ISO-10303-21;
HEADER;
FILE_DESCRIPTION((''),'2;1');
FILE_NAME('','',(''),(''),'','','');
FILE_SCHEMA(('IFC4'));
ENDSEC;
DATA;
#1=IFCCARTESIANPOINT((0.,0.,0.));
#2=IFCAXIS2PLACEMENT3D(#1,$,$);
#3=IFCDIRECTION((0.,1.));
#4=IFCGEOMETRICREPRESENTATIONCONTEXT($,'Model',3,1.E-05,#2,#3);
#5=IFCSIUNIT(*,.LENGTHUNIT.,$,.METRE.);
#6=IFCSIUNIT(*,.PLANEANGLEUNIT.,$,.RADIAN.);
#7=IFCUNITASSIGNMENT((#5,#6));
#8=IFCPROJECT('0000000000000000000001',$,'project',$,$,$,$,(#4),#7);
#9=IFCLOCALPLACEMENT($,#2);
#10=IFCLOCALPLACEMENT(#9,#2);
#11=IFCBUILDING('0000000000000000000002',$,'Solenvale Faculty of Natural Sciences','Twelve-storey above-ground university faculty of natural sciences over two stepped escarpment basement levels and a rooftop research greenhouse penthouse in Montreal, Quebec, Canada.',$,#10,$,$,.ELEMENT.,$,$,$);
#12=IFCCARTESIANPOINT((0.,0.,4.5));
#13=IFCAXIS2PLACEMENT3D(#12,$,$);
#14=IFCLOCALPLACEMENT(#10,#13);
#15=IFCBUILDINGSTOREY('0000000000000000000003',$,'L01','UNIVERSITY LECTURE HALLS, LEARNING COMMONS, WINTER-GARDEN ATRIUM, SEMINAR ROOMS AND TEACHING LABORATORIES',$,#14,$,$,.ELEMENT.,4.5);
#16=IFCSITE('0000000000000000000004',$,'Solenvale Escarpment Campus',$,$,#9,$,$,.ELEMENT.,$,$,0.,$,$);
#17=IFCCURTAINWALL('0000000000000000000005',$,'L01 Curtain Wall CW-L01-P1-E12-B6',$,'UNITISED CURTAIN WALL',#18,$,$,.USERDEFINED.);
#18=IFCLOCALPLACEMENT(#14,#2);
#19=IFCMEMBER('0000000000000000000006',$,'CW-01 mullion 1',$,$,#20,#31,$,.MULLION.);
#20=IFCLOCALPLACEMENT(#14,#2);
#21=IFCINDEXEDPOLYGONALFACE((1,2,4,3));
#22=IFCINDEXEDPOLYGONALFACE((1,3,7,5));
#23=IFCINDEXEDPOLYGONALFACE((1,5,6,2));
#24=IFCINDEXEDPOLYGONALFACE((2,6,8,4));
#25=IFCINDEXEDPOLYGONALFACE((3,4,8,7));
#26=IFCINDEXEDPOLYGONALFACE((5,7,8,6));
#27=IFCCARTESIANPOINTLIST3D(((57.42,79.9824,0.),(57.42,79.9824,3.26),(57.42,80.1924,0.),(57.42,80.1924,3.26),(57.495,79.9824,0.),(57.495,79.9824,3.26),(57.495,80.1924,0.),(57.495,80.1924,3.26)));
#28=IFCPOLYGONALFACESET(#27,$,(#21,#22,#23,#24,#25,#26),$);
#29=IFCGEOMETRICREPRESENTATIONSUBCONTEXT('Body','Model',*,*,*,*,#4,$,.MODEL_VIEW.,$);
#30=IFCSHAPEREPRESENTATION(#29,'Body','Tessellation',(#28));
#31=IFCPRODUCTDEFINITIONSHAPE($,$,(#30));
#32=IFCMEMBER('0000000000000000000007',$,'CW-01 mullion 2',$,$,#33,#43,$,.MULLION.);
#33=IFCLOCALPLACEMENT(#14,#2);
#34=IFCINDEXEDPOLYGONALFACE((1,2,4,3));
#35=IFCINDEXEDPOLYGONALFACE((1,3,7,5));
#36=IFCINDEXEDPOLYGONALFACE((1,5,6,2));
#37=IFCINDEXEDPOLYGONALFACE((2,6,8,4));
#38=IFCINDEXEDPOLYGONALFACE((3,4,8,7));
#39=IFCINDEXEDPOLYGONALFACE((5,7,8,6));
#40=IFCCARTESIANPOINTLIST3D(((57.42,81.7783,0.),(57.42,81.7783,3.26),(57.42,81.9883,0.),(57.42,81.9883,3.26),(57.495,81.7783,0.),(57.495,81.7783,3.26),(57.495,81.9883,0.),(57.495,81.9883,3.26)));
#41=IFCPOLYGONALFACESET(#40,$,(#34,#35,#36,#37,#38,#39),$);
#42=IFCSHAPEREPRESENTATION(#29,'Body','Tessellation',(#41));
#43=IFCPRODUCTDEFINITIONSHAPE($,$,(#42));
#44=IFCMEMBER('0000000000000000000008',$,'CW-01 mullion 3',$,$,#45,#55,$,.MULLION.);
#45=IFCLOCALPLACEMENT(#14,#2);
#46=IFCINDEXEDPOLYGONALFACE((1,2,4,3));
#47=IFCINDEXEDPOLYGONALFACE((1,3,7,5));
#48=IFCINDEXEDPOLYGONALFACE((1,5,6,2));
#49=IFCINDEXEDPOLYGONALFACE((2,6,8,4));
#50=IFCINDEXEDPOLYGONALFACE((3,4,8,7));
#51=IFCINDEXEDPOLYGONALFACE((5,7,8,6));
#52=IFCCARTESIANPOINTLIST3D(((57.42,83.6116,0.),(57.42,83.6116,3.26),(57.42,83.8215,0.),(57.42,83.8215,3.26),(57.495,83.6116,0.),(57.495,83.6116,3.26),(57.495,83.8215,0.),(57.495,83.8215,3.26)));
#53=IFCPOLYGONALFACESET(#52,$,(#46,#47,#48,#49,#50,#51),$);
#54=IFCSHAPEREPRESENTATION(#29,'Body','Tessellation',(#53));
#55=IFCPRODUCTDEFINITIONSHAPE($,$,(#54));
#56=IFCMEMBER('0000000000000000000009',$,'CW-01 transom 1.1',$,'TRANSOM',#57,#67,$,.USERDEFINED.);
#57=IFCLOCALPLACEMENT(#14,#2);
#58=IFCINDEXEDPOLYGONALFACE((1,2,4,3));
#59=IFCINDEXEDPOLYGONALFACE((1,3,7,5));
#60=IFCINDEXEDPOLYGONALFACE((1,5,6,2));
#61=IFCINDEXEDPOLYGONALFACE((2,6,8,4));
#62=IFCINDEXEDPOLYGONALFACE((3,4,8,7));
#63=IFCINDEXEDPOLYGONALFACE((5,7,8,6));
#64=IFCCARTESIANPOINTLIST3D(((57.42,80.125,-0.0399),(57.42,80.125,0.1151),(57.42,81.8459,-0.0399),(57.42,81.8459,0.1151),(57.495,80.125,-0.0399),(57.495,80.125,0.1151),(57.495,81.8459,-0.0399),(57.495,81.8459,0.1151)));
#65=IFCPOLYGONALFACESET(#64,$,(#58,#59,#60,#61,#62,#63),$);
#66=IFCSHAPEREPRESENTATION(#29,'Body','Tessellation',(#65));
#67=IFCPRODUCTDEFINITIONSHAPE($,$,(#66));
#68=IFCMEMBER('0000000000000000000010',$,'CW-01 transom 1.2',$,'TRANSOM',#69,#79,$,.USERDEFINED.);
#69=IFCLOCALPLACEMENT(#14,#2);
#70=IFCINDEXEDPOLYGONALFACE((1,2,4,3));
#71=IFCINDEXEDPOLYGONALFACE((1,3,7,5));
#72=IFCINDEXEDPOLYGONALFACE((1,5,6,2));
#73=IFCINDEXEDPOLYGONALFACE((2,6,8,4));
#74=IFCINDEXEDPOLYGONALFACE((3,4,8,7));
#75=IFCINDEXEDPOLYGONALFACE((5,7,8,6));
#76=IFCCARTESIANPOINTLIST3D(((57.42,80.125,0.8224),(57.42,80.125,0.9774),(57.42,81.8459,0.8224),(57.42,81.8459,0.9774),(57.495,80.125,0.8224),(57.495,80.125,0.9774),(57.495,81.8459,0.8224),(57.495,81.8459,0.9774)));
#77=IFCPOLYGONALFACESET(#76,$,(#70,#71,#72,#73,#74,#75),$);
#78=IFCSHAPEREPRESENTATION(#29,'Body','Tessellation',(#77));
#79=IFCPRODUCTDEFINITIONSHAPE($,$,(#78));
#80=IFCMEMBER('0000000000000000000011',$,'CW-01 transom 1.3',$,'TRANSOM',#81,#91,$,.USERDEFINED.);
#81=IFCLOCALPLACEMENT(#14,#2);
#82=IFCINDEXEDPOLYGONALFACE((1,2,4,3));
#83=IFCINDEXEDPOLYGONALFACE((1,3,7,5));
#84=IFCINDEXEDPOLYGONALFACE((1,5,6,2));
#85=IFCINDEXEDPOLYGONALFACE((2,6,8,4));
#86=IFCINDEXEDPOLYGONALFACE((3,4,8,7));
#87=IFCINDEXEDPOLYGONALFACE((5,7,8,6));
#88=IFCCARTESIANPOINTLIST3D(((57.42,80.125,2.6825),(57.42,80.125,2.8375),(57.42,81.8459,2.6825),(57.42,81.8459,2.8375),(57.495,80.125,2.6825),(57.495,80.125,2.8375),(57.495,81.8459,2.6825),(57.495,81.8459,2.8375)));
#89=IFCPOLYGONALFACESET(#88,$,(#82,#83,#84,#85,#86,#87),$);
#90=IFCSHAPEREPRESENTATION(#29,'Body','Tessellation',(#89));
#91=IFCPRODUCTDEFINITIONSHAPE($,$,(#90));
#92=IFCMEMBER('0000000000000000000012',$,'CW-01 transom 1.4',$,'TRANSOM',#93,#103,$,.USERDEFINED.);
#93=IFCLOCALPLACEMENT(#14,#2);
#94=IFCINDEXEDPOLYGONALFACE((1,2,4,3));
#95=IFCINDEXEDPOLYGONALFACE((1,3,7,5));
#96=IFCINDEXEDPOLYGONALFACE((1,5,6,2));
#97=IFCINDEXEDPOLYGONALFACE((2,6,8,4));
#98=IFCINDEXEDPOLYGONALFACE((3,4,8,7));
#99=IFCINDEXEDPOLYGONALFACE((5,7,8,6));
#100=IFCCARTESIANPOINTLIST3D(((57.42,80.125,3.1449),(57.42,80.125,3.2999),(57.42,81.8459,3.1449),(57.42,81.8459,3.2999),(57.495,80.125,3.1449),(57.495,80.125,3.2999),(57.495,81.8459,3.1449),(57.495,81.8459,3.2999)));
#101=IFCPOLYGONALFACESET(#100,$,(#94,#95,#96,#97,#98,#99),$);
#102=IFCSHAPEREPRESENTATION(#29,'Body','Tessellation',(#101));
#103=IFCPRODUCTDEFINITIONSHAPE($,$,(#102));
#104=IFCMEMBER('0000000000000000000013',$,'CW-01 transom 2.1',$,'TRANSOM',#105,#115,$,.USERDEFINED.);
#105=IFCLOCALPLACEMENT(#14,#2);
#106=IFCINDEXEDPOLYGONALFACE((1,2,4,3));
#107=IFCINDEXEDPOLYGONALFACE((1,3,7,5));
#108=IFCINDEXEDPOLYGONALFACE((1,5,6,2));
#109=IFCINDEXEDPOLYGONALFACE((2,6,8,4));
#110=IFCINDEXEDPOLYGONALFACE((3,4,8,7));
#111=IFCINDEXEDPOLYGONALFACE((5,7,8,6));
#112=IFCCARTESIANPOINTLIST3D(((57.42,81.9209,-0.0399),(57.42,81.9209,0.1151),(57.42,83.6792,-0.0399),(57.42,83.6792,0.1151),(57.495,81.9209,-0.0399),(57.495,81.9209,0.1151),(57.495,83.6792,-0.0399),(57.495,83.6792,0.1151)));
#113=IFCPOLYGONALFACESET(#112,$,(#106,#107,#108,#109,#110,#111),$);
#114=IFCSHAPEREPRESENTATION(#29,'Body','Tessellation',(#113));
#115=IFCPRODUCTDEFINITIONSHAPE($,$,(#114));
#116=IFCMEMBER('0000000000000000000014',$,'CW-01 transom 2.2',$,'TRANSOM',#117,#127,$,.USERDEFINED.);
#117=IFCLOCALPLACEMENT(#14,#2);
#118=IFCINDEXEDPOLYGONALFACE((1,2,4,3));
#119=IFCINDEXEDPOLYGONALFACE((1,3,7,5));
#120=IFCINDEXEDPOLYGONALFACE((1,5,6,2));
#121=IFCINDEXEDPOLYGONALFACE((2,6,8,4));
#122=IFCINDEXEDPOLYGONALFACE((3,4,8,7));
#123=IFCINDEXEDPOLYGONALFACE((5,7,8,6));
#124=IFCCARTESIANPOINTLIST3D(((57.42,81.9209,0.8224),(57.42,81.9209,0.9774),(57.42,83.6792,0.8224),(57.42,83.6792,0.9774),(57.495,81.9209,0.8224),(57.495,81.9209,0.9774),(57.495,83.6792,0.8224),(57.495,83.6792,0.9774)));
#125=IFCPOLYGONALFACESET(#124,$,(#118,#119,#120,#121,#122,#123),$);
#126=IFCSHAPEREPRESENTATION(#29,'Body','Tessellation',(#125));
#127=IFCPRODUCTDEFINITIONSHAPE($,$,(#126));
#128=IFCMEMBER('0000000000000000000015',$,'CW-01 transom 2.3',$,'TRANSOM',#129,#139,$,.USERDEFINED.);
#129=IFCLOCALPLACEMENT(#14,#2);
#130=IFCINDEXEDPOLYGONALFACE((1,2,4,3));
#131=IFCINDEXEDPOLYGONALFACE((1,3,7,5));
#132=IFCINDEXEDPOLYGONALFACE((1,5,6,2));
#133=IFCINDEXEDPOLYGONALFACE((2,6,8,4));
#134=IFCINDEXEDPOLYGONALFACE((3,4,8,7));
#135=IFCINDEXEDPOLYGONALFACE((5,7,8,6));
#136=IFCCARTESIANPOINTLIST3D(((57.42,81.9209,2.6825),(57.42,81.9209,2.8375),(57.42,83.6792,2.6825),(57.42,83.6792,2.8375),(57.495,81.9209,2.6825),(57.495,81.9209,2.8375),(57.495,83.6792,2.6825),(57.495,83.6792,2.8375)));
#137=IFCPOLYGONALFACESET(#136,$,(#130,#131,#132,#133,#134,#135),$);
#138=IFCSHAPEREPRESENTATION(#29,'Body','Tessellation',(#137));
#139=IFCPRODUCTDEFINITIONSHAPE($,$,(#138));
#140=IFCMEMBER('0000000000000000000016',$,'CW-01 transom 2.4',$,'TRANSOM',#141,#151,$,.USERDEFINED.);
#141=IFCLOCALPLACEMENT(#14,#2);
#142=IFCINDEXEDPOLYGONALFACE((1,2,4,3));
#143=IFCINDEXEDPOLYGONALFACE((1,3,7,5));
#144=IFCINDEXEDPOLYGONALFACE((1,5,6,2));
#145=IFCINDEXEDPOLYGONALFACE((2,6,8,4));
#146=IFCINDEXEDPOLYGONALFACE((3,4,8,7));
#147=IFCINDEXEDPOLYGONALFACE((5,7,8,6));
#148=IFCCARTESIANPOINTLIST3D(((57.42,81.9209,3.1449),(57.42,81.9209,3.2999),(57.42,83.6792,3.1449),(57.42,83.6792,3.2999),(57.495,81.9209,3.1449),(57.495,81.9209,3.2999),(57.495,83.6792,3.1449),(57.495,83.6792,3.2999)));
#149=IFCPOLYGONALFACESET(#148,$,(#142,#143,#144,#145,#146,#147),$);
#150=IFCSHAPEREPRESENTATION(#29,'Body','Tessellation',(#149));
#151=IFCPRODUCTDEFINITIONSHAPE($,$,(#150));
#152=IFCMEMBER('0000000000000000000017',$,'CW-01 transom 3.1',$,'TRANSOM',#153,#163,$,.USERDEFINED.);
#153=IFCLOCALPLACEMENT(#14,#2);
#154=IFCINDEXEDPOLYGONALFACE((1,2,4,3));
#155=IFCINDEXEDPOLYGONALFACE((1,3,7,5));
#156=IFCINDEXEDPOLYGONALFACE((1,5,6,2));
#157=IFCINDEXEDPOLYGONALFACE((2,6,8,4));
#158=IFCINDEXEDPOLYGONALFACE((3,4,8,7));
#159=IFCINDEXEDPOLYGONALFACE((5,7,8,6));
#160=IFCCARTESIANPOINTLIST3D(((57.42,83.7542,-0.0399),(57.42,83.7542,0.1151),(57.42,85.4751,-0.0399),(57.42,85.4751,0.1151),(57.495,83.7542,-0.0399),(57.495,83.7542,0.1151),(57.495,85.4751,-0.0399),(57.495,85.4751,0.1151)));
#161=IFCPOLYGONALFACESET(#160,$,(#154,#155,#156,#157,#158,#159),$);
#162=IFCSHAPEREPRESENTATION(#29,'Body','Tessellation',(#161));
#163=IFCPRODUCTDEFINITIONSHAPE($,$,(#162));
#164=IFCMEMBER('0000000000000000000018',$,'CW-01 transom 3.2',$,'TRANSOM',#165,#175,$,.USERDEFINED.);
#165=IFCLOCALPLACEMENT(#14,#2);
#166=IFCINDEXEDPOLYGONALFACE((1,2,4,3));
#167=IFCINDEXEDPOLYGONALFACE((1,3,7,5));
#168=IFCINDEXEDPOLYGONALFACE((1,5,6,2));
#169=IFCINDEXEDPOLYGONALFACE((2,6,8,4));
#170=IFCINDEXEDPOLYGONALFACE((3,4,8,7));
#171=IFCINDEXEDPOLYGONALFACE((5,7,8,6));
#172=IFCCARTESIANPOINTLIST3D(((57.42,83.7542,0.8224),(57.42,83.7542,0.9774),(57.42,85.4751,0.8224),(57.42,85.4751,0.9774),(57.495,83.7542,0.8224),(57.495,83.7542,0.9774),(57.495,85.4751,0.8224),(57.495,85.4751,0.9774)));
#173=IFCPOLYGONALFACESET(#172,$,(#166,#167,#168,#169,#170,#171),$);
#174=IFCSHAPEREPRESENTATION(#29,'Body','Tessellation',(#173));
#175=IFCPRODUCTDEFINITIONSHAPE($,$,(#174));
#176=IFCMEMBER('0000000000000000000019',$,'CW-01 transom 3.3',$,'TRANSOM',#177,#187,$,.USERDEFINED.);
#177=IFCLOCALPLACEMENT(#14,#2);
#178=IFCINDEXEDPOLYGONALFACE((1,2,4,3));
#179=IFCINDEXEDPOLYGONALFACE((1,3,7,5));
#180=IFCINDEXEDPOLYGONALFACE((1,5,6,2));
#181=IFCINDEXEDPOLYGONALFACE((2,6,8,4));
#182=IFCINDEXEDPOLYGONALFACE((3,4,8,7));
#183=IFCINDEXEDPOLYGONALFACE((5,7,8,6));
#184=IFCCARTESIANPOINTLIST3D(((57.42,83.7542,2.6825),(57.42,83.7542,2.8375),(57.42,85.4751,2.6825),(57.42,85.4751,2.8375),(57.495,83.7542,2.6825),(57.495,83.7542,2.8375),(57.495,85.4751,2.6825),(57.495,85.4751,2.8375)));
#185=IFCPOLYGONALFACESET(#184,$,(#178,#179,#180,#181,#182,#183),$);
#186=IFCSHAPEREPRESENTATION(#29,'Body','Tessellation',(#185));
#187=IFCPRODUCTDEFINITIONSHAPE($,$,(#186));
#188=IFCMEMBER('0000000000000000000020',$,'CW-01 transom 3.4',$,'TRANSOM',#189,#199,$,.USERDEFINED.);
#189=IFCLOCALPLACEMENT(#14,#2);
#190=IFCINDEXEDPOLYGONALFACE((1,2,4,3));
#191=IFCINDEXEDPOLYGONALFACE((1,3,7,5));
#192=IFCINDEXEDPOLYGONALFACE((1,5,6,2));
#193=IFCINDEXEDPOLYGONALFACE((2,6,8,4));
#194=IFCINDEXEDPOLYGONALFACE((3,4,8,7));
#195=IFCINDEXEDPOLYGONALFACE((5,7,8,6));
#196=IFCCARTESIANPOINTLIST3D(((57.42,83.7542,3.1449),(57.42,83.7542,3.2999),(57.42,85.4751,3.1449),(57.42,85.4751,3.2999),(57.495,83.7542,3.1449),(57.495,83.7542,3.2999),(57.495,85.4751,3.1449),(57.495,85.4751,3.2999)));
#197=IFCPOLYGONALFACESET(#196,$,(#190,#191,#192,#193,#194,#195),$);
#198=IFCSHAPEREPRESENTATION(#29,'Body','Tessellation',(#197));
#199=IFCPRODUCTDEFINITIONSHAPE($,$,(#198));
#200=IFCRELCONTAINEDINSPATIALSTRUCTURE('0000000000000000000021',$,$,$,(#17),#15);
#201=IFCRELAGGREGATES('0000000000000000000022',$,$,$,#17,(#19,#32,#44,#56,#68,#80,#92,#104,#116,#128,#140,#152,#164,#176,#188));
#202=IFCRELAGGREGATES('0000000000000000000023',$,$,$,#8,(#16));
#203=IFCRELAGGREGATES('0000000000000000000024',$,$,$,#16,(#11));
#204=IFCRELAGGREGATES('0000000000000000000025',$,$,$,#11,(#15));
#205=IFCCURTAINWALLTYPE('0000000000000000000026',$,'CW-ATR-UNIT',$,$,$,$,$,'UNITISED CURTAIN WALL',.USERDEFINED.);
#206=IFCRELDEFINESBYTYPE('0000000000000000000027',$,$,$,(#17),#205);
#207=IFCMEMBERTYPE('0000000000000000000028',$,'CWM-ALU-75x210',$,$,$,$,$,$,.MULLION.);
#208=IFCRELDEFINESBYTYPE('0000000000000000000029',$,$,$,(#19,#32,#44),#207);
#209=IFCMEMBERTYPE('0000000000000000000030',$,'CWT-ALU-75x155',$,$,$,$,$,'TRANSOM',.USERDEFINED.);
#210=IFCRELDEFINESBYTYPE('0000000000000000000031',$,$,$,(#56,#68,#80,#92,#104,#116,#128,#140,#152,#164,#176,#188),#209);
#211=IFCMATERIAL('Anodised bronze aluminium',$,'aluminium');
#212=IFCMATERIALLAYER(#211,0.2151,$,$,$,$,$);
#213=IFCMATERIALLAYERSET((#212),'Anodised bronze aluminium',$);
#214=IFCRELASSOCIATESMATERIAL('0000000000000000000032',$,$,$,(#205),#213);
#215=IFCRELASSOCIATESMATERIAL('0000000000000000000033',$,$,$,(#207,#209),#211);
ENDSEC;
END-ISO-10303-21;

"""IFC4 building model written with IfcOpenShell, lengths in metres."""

from ifc_helpers import new_model, si_unit, direction, frame, origin, origin_2d, place, context, subcontext, project, spatial, rectangle, extrude, material, layer, layer_set, material_profile, profile_set, type_object, element, aggregate, save


model = new_model("IFC4")

# Units and contexts
model_context = context("Model", 3, precision=1e-05, world=origin(), true_north=direction((0.0, 1.0)))
body_context = subcontext(model_context, "Body", "Model", "MODEL_VIEW")
ifc_project = project(units=[si_unit("LENGTHUNIT", "METRE"), si_unit("PLANEANGLEUNIT", "RADIAN")], contexts=[model_context])

# Site, building, storey
site_placement = place(None, origin())
site = spatial("IfcSite", under=ifc_project, at=site_placement, Name="Solenvale Escarpment Campus", CompositionType="ELEMENT", RefElevation=0.0)
building_placement = place(site_placement, origin())
building = spatial("IfcBuilding", under=site, at=building_placement, Name="Solenvale Faculty of Natural Sciences", Description="Twelve-storey above-ground university faculty of natural sciences over two stepped escarpment basement levels and a rooftop research greenhouse penthouse in Montreal, Quebec, Canada.", CompositionType="ELEMENT")
storey_placement = place(building_placement, frame((0.0, 0.0, 4.5)))
storey = spatial("IfcBuildingStorey", under=building, at=storey_placement, Name="L01", Description="UNIVERSITY LECTURE HALLS, LEARNING COMMONS, WINTER-GARDEN ATRIUM, SEMINAR ROOMS AND TEACHING LABORATORIES", CompositionType="ELEMENT", Elevation=4.5)

# Curtain wall, members
ifc_material_1 = material(Name="Anodised bronze aluminium", Category="aluminium")
ifc_layer_1 = layer(ifc_material_1, 0.2151)
ifc_layer_set_1 = layer_set([ifc_layer_1], Name="Anodised bronze aluminium")
curtain_wall_type = type_object("IfcCurtainWallType", Name="CW-ATR-UNIT", ElementType="UNITISED CURTAIN WALL", PredefinedType="USERDEFINED", material=ifc_layer_set_1)
curtain_wall_placement = place(storey_placement, origin())
curtain_wall = element("IfcCurtainWall", 1, at=curtain_wall_placement, inside=storey, type_object=curtain_wall_type, Name="L01 Curtain Wall CW-L01-P1-E12-B6", ObjectType="UNITISED CURTAIN WALL", PredefinedType="USERDEFINED")
ifc_material_profile_1 = material_profile(ifc_material_1, rectangle(XDim=0.075, YDim=0.21, at=origin_2d()), Name="ALU-MUL-75x210")
ifc_profile_set_1 = profile_set([ifc_material_profile_1], Name="Anodised bronze aluminium")
member_type_1 = type_object("IfcMemberType", Name="CWM-ALU-75x210", PredefinedType="MULLION", material=ifc_profile_set_1)
member_1_placement = place(storey_placement, frame((57.4575, 80.0874, 0.0), z_axis=(0.0, 0.0, 1.0), x_axis=(-1.0, 0.0, 0.0)))
member_1 = element("IfcMember", 2, at=member_1_placement, type_object=member_type_1, Name="CW-01 mullion 1", PredefinedType="MULLION", context=body_context, shape_type="SweptSolid", body=[
    extrude(rectangle(XDim=0.075, YDim=0.21, at=origin_2d()), origin(), (0.0, 0.0, 1.0), 3.26),
])
member_2_placement = place(storey_placement, frame((57.4575, 81.8833, 0.0), z_axis=(0.0, 0.0, 1.0), x_axis=(-1.0, 0.0, 0.0)))
member_2 = element("IfcMember", 3, at=member_2_placement, type_object=member_type_1, Name="CW-01 mullion 2", PredefinedType="MULLION", context=body_context, shape_type="SweptSolid", body=[
    extrude(rectangle(XDim=0.075, YDim=0.21, at=origin_2d()), origin(), (0.0, 0.0, 1.0), 3.26),
])
member_3_placement = place(storey_placement, frame((57.4575, 83.7166, 0.0), z_axis=(0.0, 0.0, 1.0), x_axis=(-1.0, 0.0, 0.0)))
member_3 = element("IfcMember", 4, at=member_3_placement, type_object=member_type_1, Name="CW-01 mullion 3", PredefinedType="MULLION", context=body_context, shape_type="SweptSolid", body=[
    extrude(rectangle(XDim=0.075, YDim=0.21, at=origin_2d()), origin(), (0.0, 0.0, 1.0), 3.26),
])
ifc_material_profile_2 = material_profile(ifc_material_1, rectangle(XDim=0.075, YDim=0.155, at=origin_2d()), Name="ALU-TRN-75x155")
ifc_profile_set_2 = profile_set([ifc_material_profile_2], Name="Anodised bronze aluminium")
member_type_2 = type_object("IfcMemberType", Name="CWT-ALU-75x155", ElementType="TRANSOM", PredefinedType="USERDEFINED", material=ifc_profile_set_2)
member_4_placement = place(storey_placement, frame((57.4575, 80.125, 0.0376), z_axis=(0.0, 1.0, 0.0), x_axis=(-1.0, 0.0, 0.0)))
member_4 = element("IfcMember", 5, at=member_4_placement, type_object=member_type_2, Name="CW-01 transom 1.1", ObjectType="TRANSOM", PredefinedType="USERDEFINED", context=body_context, shape_type="SweptSolid", body=[
    extrude(rectangle(XDim=0.075, YDim=0.155, at=origin_2d()), origin(), (0.0, 0.0, 1.0), 1.7209),
])
member_5_placement = place(storey_placement, frame((57.4575, 80.125, 0.8999), z_axis=(0.0, 1.0, 0.0), x_axis=(-1.0, 0.0, 0.0)))
member_5 = element("IfcMember", 6, at=member_5_placement, type_object=member_type_2, Name="CW-01 transom 1.2", ObjectType="TRANSOM", PredefinedType="USERDEFINED", context=body_context, shape_type="SweptSolid", body=[
    extrude(rectangle(XDim=0.075, YDim=0.155, at=origin_2d()), origin(), (0.0, 0.0, 1.0), 1.7209),
])
member_6_placement = place(storey_placement, frame((57.4575, 80.125, 2.76), z_axis=(0.0, 1.0, 0.0), x_axis=(-1.0, 0.0, 0.0)))
member_6 = element("IfcMember", 7, at=member_6_placement, type_object=member_type_2, Name="CW-01 transom 1.3", ObjectType="TRANSOM", PredefinedType="USERDEFINED", context=body_context, shape_type="SweptSolid", body=[
    extrude(rectangle(XDim=0.075, YDim=0.155, at=origin_2d()), origin(), (0.0, 0.0, 1.0), 1.7209),
])
member_7_placement = place(storey_placement, frame((57.4575, 80.125, 3.2224), z_axis=(0.0, 1.0, 0.0), x_axis=(-1.0, 0.0, 0.0)))
member_7 = element("IfcMember", 8, at=member_7_placement, type_object=member_type_2, Name="CW-01 transom 1.4", ObjectType="TRANSOM", PredefinedType="USERDEFINED", context=body_context, shape_type="SweptSolid", body=[
    extrude(rectangle(XDim=0.075, YDim=0.155, at=origin_2d()), origin(), (0.0, 0.0, 1.0), 1.7209),
])
member_8_placement = place(storey_placement, frame((57.4575, 81.9209, 0.0376), z_axis=(0.0, 1.0, 0.0), x_axis=(-1.0, 0.0, 0.0)))
member_8 = element("IfcMember", 9, at=member_8_placement, type_object=member_type_2, Name="CW-01 transom 2.1", ObjectType="TRANSOM", PredefinedType="USERDEFINED", context=body_context, shape_type="SweptSolid", body=[
    extrude(rectangle(XDim=0.075, YDim=0.155, at=origin_2d()), origin(), (0.0, 0.0, 1.0), 1.7583),
])
member_9_placement = place(storey_placement, frame((57.4575, 81.9209, 0.8999), z_axis=(0.0, 1.0, 0.0), x_axis=(-1.0, 0.0, 0.0)))
member_9 = element("IfcMember", 10, at=member_9_placement, type_object=member_type_2, Name="CW-01 transom 2.2", ObjectType="TRANSOM", PredefinedType="USERDEFINED", context=body_context, shape_type="SweptSolid", body=[
    extrude(rectangle(XDim=0.075, YDim=0.155, at=origin_2d()), origin(), (0.0, 0.0, 1.0), 1.7583),
])
member_10_placement = place(storey_placement, frame((57.4575, 81.9209, 2.76), z_axis=(0.0, 1.0, 0.0), x_axis=(-1.0, 0.0, 0.0)))
member_10 = element("IfcMember", 11, at=member_10_placement, type_object=member_type_2, Name="CW-01 transom 2.3", ObjectType="TRANSOM", PredefinedType="USERDEFINED", context=body_context, shape_type="SweptSolid", body=[
    extrude(rectangle(XDim=0.075, YDim=0.155, at=origin_2d()), origin(), (0.0, 0.0, 1.0), 1.7583),
])
member_11_placement = place(storey_placement, frame((57.4575, 81.9209, 3.2224), z_axis=(0.0, 1.0, 0.0), x_axis=(-1.0, 0.0, 0.0)))
member_11 = element("IfcMember", 12, at=member_11_placement, type_object=member_type_2, Name="CW-01 transom 2.4", ObjectType="TRANSOM", PredefinedType="USERDEFINED", context=body_context, shape_type="SweptSolid", body=[
    extrude(rectangle(XDim=0.075, YDim=0.155, at=origin_2d()), origin(), (0.0, 0.0, 1.0), 1.7583),
])
member_12_placement = place(storey_placement, frame((57.4575, 83.7542, 0.0376), z_axis=(0.0, 1.0, 0.0), x_axis=(-1.0, 0.0, 0.0)))
member_12 = element("IfcMember", 13, at=member_12_placement, type_object=member_type_2, Name="CW-01 transom 3.1", ObjectType="TRANSOM", PredefinedType="USERDEFINED", context=body_context, shape_type="SweptSolid", body=[
    extrude(rectangle(XDim=0.075, YDim=0.155, at=origin_2d()), origin(), (0.0, 0.0, 1.0), 1.7209),
])
member_13_placement = place(storey_placement, frame((57.4575, 83.7542, 0.8999), z_axis=(0.0, 1.0, 0.0), x_axis=(-1.0, 0.0, 0.0)))
member_13 = element("IfcMember", 14, at=member_13_placement, type_object=member_type_2, Name="CW-01 transom 3.2", ObjectType="TRANSOM", PredefinedType="USERDEFINED", context=body_context, shape_type="SweptSolid", body=[
    extrude(rectangle(XDim=0.075, YDim=0.155, at=origin_2d()), origin(), (0.0, 0.0, 1.0), 1.7209),
])
member_14_placement = place(storey_placement, frame((57.4575, 83.7542, 2.76), z_axis=(0.0, 1.0, 0.0), x_axis=(-1.0, 0.0, 0.0)))
member_14 = element("IfcMember", 15, at=member_14_placement, type_object=member_type_2, Name="CW-01 transom 3.3", ObjectType="TRANSOM", PredefinedType="USERDEFINED", context=body_context, shape_type="SweptSolid", body=[
    extrude(rectangle(XDim=0.075, YDim=0.155, at=origin_2d()), origin(), (0.0, 0.0, 1.0), 1.7209),
])
member_15_placement = place(storey_placement, frame((57.4575, 83.7542, 3.2224), z_axis=(0.0, 1.0, 0.0), x_axis=(-1.0, 0.0, 0.0)))
member_15 = element("IfcMember", 16, at=member_15_placement, type_object=member_type_2, Name="CW-01 transom 3.4", ObjectType="TRANSOM", PredefinedType="USERDEFINED", context=body_context, shape_type="SweptSolid", body=[
    extrude(rectangle(XDim=0.075, YDim=0.155, at=origin_2d()), origin(), (0.0, 0.0, 1.0), 1.7209),
])
aggregate(curtain_wall, [member_1, member_2, member_3, member_4, member_5, member_6, member_7, member_8, member_9, member_10, member_11, member_12, member_13, member_14, member_15])

save(model, "model.ifc")
